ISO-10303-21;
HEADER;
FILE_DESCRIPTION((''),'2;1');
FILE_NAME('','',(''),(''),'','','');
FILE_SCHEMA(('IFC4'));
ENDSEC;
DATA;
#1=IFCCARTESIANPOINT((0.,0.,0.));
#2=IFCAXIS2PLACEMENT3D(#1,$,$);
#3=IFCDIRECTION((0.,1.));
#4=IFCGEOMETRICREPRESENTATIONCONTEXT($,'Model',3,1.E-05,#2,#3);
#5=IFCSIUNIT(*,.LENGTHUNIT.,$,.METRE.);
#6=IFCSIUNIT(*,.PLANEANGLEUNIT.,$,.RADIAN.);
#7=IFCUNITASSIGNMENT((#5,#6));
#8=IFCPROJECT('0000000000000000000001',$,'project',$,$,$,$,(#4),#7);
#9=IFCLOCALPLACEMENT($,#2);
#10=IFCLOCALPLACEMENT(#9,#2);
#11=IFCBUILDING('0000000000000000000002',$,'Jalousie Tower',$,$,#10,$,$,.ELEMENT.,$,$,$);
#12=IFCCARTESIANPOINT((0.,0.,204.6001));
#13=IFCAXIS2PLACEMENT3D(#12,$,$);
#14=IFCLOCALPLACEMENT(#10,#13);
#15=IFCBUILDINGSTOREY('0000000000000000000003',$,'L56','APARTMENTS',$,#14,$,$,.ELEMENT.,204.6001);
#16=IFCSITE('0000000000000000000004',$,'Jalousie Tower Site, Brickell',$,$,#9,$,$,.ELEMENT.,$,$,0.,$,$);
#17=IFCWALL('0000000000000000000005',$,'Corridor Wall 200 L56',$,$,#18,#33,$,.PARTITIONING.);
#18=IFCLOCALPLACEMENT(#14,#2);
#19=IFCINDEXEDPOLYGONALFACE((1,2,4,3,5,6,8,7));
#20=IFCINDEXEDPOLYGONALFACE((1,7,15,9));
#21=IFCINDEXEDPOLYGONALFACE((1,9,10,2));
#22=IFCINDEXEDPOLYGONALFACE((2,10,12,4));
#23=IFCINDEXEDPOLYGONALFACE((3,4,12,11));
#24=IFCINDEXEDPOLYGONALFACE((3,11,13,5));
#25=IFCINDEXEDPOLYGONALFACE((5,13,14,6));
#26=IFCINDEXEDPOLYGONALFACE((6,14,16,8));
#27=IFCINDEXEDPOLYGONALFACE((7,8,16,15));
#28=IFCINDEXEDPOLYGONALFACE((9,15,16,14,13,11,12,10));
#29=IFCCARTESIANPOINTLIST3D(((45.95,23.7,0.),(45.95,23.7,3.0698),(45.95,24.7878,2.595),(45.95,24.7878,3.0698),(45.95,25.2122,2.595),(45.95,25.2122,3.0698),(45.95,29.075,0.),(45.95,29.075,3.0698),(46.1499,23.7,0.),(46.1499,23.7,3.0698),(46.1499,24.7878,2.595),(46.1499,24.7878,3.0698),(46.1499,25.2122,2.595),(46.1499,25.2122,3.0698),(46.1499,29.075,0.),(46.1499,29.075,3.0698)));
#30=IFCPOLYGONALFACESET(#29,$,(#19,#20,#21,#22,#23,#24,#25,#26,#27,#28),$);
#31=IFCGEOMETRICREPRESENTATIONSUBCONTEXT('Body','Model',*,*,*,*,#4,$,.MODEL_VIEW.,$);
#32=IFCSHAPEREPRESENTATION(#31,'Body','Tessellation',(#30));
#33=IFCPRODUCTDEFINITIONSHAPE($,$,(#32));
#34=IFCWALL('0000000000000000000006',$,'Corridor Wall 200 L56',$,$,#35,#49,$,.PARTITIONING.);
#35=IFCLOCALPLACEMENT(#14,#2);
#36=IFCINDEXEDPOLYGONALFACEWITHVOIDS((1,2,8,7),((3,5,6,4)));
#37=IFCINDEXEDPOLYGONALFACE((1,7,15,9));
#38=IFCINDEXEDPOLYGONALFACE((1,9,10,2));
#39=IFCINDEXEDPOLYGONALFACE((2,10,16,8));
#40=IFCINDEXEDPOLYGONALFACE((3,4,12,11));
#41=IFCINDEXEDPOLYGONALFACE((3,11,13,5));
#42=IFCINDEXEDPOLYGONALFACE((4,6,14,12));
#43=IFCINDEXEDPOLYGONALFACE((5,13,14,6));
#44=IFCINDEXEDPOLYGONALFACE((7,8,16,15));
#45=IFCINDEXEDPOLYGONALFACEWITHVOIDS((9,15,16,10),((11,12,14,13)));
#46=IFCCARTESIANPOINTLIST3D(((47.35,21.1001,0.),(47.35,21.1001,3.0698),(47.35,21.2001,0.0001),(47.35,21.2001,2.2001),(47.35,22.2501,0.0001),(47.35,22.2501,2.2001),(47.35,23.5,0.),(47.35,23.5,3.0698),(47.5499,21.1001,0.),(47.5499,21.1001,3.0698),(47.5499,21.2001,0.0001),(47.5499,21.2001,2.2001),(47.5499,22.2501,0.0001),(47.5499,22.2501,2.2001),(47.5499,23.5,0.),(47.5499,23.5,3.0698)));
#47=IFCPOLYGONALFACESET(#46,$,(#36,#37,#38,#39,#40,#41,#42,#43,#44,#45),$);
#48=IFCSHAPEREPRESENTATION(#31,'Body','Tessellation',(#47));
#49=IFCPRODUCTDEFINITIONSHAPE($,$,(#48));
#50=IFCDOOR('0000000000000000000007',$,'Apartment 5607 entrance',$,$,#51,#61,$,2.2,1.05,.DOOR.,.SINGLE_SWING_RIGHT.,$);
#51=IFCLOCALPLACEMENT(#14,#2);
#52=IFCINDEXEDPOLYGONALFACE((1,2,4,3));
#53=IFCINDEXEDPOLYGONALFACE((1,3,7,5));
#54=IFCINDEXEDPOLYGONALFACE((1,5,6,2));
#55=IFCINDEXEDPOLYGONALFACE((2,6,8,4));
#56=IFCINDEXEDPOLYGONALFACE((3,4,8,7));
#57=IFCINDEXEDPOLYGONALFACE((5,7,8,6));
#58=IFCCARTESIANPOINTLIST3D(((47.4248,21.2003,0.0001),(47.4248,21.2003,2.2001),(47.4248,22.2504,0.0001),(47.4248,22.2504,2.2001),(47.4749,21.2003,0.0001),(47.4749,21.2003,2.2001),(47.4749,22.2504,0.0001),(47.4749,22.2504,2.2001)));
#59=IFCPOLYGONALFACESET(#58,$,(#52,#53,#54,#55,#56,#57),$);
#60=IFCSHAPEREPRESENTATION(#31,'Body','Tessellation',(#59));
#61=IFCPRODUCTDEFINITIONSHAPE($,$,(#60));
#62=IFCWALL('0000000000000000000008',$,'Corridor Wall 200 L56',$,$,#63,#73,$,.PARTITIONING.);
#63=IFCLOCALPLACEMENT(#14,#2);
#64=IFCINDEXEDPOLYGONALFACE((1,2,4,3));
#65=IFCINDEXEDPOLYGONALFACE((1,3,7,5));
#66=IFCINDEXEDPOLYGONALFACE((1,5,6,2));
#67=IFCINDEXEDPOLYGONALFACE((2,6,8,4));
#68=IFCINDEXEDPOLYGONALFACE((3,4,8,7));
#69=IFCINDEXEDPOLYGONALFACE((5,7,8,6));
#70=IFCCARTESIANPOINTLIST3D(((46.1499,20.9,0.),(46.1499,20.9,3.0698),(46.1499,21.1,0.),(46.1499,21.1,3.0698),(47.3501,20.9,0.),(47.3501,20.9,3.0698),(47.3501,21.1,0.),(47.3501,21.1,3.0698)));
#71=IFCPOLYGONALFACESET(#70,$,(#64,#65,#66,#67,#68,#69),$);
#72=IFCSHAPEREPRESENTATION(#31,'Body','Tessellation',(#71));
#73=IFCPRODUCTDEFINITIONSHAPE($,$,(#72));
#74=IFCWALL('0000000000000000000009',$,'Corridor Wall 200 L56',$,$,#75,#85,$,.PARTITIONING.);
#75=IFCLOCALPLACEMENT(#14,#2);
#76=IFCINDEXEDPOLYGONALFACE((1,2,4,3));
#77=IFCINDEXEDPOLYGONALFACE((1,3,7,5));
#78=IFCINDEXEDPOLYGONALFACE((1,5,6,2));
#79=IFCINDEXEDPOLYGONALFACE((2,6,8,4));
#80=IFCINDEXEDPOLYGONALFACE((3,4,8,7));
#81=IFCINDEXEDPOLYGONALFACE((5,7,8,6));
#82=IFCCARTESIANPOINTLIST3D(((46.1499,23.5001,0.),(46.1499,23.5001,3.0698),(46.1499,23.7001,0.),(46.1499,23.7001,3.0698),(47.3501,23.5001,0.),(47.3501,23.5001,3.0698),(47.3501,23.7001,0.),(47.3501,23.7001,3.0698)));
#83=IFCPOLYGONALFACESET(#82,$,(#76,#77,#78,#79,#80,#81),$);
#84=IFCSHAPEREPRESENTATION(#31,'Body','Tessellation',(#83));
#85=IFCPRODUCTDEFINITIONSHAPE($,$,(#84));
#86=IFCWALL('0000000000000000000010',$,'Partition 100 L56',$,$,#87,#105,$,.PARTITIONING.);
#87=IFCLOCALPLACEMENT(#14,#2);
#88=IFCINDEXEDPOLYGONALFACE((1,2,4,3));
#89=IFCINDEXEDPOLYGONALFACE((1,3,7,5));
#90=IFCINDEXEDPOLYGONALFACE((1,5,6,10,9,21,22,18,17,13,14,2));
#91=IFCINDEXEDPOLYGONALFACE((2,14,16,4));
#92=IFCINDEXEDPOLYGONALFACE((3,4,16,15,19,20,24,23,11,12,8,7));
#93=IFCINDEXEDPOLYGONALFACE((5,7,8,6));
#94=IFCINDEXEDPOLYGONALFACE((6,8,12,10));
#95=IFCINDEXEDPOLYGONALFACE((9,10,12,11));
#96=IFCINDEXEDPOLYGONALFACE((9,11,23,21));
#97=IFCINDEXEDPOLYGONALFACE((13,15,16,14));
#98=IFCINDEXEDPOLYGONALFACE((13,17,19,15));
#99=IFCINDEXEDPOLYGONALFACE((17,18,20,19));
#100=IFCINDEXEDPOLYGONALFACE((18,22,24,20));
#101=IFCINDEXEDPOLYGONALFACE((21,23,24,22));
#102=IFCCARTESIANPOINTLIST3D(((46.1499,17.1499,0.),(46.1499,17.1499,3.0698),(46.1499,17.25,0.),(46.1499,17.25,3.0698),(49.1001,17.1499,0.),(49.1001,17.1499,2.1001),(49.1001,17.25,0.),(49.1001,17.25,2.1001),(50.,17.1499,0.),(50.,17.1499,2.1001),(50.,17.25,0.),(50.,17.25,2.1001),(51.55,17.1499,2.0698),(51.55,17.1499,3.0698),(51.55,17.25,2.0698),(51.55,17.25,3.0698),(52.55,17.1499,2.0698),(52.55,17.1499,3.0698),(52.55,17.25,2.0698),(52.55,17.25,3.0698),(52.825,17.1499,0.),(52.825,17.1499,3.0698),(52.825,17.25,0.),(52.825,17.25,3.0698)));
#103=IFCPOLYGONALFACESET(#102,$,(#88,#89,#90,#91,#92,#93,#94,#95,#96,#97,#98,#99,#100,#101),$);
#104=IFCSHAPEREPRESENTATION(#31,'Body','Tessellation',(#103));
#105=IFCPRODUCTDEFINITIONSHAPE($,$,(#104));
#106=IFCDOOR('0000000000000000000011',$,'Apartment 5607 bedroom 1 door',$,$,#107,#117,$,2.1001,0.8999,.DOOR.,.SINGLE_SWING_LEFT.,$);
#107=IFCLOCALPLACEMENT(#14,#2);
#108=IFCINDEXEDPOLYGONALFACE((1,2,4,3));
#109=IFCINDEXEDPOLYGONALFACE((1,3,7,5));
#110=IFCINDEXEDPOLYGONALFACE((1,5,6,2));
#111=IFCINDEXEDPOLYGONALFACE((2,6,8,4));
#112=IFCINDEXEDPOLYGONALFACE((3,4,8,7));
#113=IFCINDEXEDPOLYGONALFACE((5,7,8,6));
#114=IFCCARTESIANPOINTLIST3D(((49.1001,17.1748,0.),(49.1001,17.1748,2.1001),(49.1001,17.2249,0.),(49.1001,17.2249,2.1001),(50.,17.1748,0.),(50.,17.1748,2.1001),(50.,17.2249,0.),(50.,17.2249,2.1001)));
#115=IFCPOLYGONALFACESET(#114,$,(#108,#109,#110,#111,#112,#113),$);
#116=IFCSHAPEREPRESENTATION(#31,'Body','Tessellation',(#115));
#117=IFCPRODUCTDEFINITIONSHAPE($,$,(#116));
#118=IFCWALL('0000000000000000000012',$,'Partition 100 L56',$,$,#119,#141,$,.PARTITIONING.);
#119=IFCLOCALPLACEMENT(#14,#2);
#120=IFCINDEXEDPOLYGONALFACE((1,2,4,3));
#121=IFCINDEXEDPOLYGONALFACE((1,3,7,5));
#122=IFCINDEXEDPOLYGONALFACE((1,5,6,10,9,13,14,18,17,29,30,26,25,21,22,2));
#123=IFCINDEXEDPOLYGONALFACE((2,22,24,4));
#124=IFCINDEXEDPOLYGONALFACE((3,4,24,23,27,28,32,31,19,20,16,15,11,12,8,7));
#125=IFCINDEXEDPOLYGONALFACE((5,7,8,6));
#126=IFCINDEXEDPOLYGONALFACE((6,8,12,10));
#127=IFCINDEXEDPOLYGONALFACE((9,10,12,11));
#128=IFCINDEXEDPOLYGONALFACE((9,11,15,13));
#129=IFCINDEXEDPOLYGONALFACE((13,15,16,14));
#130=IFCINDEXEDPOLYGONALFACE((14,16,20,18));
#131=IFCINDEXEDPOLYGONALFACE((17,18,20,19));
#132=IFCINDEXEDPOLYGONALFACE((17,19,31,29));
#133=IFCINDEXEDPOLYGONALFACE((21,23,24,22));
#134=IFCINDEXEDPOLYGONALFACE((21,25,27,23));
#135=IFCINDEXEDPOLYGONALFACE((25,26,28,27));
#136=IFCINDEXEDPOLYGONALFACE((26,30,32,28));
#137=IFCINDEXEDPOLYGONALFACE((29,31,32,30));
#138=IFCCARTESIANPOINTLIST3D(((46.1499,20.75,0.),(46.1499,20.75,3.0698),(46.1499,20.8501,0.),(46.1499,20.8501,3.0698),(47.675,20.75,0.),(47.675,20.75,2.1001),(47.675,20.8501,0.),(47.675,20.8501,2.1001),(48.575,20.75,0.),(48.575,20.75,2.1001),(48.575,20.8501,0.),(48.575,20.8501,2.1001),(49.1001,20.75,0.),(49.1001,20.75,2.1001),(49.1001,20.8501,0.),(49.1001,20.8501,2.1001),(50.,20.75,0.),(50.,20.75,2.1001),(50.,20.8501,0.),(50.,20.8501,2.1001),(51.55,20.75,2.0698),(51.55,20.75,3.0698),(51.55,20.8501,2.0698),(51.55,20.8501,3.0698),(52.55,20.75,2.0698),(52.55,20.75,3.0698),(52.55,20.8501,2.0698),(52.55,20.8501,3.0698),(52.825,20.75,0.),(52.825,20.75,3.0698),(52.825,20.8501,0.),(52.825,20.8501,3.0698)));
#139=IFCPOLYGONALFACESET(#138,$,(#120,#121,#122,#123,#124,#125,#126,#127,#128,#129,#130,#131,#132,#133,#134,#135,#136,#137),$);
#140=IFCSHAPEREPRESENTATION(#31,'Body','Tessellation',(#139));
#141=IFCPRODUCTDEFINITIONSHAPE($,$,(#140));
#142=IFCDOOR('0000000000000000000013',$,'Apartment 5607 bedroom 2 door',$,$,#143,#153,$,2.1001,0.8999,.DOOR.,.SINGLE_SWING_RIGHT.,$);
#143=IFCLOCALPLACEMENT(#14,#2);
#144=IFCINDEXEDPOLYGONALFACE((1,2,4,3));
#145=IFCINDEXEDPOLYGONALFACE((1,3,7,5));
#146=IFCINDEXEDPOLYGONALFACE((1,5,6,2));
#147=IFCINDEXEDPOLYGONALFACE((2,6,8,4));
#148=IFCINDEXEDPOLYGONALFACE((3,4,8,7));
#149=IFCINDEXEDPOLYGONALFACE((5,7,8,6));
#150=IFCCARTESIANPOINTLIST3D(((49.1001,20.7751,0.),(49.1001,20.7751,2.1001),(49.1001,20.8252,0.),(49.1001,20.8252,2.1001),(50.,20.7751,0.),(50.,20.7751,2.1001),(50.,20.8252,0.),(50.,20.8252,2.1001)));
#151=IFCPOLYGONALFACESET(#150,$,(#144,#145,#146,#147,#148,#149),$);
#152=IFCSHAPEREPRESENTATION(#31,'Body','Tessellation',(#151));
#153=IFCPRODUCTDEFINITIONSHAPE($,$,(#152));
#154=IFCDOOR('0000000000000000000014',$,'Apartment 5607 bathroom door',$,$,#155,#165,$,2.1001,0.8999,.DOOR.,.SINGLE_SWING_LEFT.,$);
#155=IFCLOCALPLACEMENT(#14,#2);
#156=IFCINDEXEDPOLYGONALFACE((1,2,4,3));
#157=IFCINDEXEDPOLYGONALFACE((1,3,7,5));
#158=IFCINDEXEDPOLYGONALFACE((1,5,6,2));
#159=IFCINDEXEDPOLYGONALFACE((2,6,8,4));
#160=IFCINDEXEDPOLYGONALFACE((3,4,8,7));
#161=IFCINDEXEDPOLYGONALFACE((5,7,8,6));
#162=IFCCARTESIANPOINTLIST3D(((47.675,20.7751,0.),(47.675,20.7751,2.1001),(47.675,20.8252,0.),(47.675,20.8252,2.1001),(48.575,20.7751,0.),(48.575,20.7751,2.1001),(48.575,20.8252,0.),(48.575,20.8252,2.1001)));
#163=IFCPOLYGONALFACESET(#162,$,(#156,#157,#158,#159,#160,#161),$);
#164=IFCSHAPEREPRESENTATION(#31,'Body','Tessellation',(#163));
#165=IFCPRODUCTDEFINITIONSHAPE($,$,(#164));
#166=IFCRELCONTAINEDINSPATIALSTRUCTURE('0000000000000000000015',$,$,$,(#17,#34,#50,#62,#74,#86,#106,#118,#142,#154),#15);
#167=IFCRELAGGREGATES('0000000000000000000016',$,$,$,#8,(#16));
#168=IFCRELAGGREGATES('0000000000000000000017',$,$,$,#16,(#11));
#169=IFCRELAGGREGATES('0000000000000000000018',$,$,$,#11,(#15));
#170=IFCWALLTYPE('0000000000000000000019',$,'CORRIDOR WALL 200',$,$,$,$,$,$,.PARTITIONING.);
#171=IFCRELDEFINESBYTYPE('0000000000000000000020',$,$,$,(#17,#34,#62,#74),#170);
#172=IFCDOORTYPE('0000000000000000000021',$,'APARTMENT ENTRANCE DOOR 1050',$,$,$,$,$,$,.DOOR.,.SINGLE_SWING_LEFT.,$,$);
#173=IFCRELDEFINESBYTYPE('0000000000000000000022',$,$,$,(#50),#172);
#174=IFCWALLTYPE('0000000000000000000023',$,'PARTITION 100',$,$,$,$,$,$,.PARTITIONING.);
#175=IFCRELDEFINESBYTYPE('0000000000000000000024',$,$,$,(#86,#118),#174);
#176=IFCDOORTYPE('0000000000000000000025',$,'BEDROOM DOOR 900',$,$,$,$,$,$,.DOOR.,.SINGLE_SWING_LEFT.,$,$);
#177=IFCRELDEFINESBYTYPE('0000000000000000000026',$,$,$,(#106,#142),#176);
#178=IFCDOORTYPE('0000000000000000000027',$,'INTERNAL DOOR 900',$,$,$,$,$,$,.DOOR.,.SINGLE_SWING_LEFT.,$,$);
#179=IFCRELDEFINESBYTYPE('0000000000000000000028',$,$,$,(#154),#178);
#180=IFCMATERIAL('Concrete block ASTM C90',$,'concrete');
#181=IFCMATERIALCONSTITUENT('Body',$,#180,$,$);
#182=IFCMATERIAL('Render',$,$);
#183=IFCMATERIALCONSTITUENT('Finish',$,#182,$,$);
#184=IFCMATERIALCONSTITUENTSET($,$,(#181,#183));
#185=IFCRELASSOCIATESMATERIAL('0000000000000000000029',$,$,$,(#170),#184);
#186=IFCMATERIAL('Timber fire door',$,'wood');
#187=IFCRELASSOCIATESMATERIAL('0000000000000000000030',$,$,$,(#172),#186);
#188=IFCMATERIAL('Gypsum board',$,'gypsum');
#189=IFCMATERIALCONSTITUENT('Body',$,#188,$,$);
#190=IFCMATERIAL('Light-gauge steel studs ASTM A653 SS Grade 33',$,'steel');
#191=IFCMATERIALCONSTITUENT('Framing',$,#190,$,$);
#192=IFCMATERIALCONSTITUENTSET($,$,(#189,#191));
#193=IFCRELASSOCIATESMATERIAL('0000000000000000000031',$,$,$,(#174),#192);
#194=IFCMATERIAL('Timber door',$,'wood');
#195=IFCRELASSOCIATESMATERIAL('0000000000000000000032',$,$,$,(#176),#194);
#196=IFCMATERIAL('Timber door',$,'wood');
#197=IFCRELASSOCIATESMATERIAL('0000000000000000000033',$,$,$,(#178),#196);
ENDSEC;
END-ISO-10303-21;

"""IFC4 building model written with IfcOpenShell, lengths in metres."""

from ifc_helpers import new_model, si_unit, direction, frame, frame_2d, origin, place, context, subcontext, project, spatial, polyline, rectangle, outline, extrude, material, constituent, constituent_set, type_object, element, fill, save


model = new_model("IFC4")

# Units and contexts
model_context = context("Model", 3, precision=1e-05, world=origin(), true_north=direction((0.0, 1.0)))
body_context = subcontext(model_context, "Body", "Model", "MODEL_VIEW")
ifc_project = project(units=[si_unit("LENGTHUNIT", "METRE"), si_unit("PLANEANGLEUNIT", "RADIAN")], contexts=[model_context])

# Site, building, storey
site_placement = place(None, origin())
site = spatial("IfcSite", under=ifc_project, at=site_placement, Name="Jalousie Tower Site, Brickell", CompositionType="ELEMENT", RefElevation=0.0)
building_placement = place(site_placement, origin())
building = spatial("IfcBuilding", under=site, at=building_placement, Name="Jalousie Tower", CompositionType="ELEMENT")
storey_placement = place(building_placement, frame((0.0, 0.0, 204.6001)))
storey = spatial("IfcBuildingStorey", under=building, at=storey_placement, Name="L56", Description="APARTMENTS", CompositionType="ELEMENT", Elevation=204.6001)

# Wall
ifc_material_1 = material(Name="Concrete block ASTM C90", Category="concrete")
ifc_constituent_1 = constituent(ifc_material_1, Name="Body")
ifc_material_2 = material(Name="Render")
ifc_constituent_2 = constituent(ifc_material_2, Name="Finish")
ifc_constituent_set_1 = constituent_set(constituents=[ifc_constituent_1, ifc_constituent_2])
wall_type_1 = type_object("IfcWallType", Name="CORRIDOR WALL 200", PredefinedType="PARTITIONING", material=ifc_constituent_set_1)
wall_1_placement = place(storey_placement, frame((46.05, 23.7, 0.0), z_axis=(0.0, 0.0, 1.0), x_axis=(0.0, 1.0, 0.0)))
element("IfcWall", 1, at=wall_1_placement, inside=storey, type_object=wall_type_1, Name="Corridor Wall 200 L56", PredefinedType="PARTITIONING", context=body_context, shape_type="SweptSolid", body=[
    extrude(outline(polyline([(0.0, 0.0), (5.375, 0.0), (5.375, 3.0698), (1.5122, 3.0698), (1.5122, 2.595), (1.0879, 2.595), (1.0879, 3.0698), (0.0, 3.0698), (0.0, 0.0)])), frame((0.0, 0.1001, 0.0), z_axis=(0.0, -1.0, 0.0), x_axis=(1.0, 0.0, 0.0)), (0.0, 0.0, 1.0), 0.2),
])

# Wall, opening, door
wall_2_placement = place(storey_placement, frame((47.45, 21.1001, 0.0), z_axis=(0.0, 0.0, 1.0), x_axis=(0.0, 1.0, 0.0)))
wall_2 = element("IfcWall", 2, at=wall_2_placement, inside=storey, type_object=wall_type_1, Name="Corridor Wall 200 L56", PredefinedType="PARTITIONING", context=body_context, shape_type="SweptSolid", body=[
    extrude(rectangle(XDim=2.3999, YDim=0.2, at=frame_2d((1.2, 0.0))), origin(), (0.0, 0.0, 1.0), 3.0698),
])
opening_1_placement = place(wall_2_placement, frame((0.1001, 0.0, 0.0)))
opening_1 = element("IfcOpeningElement", 3, at=opening_1_placement, cuts=wall_2, PredefinedType="OPENING", context=body_context, shape_type="SweptSolid", body=[
    extrude(rectangle(XDim=1.05, YDim=2.2, at=frame_2d((0.5249, 1.1001))), frame((0.0, 0.1099, 0.0), z_axis=(0.0, -1.0, 0.0), x_axis=(1.0, 0.0, 0.0)), (0.0, 0.0, 1.0), 0.22),
])
ifc_material_3 = material(Name="Timber fire door", Category="wood")
door_type_1 = type_object("IfcDoorType", Name="APARTMENT ENTRANCE DOOR 1050", OperationType="SINGLE_SWING_LEFT", PredefinedType="DOOR", material=ifc_material_3)
door_1_placement = place(opening_1_placement, frame((1.05, 0.0, 0.0), z_axis=(0.0, 0.0, 1.0), x_axis=(-1.0, 0.0, 0.0)))
door_1 = element("IfcDoor", 4, at=door_1_placement, inside=storey, type_object=door_type_1, Name="Apartment 5607 entrance", OperationType="SINGLE_SWING_RIGHT", OverallHeight=2.2, OverallWidth=1.05, PredefinedType="DOOR", context=body_context, shape_type="SweptSolid", body=[
    extrude(rectangle(XDim=1.05, YDim=2.2, at=frame_2d((0.5249, 1.1001))), frame((0.0, 0.0249, 0.0), z_axis=(0.0, -1.0, 0.0), x_axis=(1.0, 0.0, 0.0)), (0.0, 0.0, 1.0), 0.05),
])
fill(opening_1, door_1)

# Walls
for number, where, z_axis, x_axis, name in (
    (5, (46.1499, 21.0, 0.0), (0.0, 0.0, 1.0), (1.0, 0.0, 0.0), "Corridor Wall 200 L56"),
    (6, (46.1499, 23.6001, 0.0), (0.0, 0.0, 1.0), (1.0, 0.0, 0.0), "Corridor Wall 200 L56"),
):
    element("IfcWall", number, at=place(storey_placement, frame(where, z_axis=z_axis, x_axis=x_axis)), inside=storey, type_object=wall_type_1, Name=name, PredefinedType="PARTITIONING", context=body_context, shape_type="SweptSolid", body=[
        extrude(rectangle(XDim=1.2002, YDim=0.2, at=frame_2d((0.6001, 0.0))), origin(), (0.0, 0.0, 1.0), 3.0698),
    ])

# Wall, opening, door
ifc_material_4 = material(Name="Gypsum board", Category="gypsum")
ifc_constituent_3 = constituent(ifc_material_4, Name="Body")
ifc_material_5 = material(Name="Light-gauge steel studs ASTM A653 SS Grade 33", Category="steel")
ifc_constituent_4 = constituent(ifc_material_5, Name="Framing")
ifc_constituent_set_2 = constituent_set(constituents=[ifc_constituent_3, ifc_constituent_4])
wall_type_2 = type_object("IfcWallType", Name="PARTITION 100", PredefinedType="PARTITIONING", material=ifc_constituent_set_2)
wall_3_placement = place(storey_placement, frame((52.825, 17.2, 0.0), z_axis=(0.0, 0.0, 1.0), x_axis=(-1.0, 0.0, 0.0)))
wall_3 = element("IfcWall", 7, at=wall_3_placement, inside=storey, type_object=wall_type_2, Name="Partition 100 L56", PredefinedType="PARTITIONING", context=body_context, shape_type="SweptSolid", body=[
    extrude(outline(polyline([(0.0, 0.0), (6.675, 0.0), (6.675, 3.0698), (1.2749, 3.0698), (1.2749, 2.0698), (0.2749, 2.0698), (0.2749, 3.0698), (0.0, 3.0698), (0.0, 0.0)])), frame((0.0, 0.05, 0.0), z_axis=(0.0, -1.0, 0.0), x_axis=(1.0, 0.0, 0.0)), (0.0, 0.0, 1.0), 0.1001),
])
opening_2_placement = place(wall_3_placement, frame((2.825, 0.0, 0.0)))
opening_2 = element("IfcOpeningElement", 8, at=opening_2_placement, cuts=wall_3, PredefinedType="OPENING", context=body_context, shape_type="SweptSolid", body=[
    extrude(rectangle(XDim=0.8999, YDim=2.1001, at=frame_2d((0.45, 1.05))), frame((0.0, 0.0601, 0.0), z_axis=(0.0, -1.0, 0.0), x_axis=(1.0, 0.0, 0.0)), (0.0, 0.0, 1.0), 0.1201),
])
ifc_material_6 = material(Name="Timber door", Category="wood")
door_type_2 = type_object("IfcDoorType", Name="BEDROOM DOOR 900", OperationType="SINGLE_SWING_LEFT", PredefinedType="DOOR", material=ifc_material_6)
door_2_placement = place(opening_2_placement, frame((0.8999, 0.0, 0.0), z_axis=(0.0, 0.0, 1.0), x_axis=(-1.0, 0.0, 0.0)))
door_2 = element("IfcDoor", 9, at=door_2_placement, inside=storey, type_object=door_type_2, Name="Apartment 5607 bedroom 1 door", OperationType="SINGLE_SWING_LEFT", OverallHeight=2.1001, OverallWidth=0.8999, PredefinedType="DOOR", context=body_context, shape_type="SweptSolid", body=[
    extrude(rectangle(XDim=0.8999, YDim=2.1001, at=frame_2d((0.45, 1.05))), frame((0.0, 0.0249, 0.0), z_axis=(0.0, -1.0, 0.0), x_axis=(1.0, 0.0, 0.0)), (0.0, 0.0, 1.0), 0.05),
])
fill(opening_2, door_2)

# Wall, openings, doors
wall_4_placement = place(storey_placement, frame((52.825, 20.8, 0.0), z_axis=(0.0, 0.0, 1.0), x_axis=(-1.0, 0.0, 0.0)))
wall_4 = element("IfcWall", 10, at=wall_4_placement, inside=storey, type_object=wall_type_2, Name="Partition 100 L56", PredefinedType="PARTITIONING", context=body_context, shape_type="SweptSolid", body=[
    extrude(outline(polyline([(0.0, 0.0), (6.675, 0.0), (6.675, 3.0698), (1.2749, 3.0698), (1.2749, 2.0698), (0.2749, 2.0698), (0.2749, 3.0698), (0.0, 3.0698), (0.0, 0.0)])), frame((0.0, 0.05, 0.0), z_axis=(0.0, -1.0, 0.0), x_axis=(1.0, 0.0, 0.0)), (0.0, 0.0, 1.0), 0.1001),
])
opening_3_placement = place(wall_4_placement, frame((2.825, 0.0, 0.0)))
opening_3 = element("IfcOpeningElement", 11, at=opening_3_placement, cuts=wall_4, PredefinedType="OPENING", context=body_context, shape_type="SweptSolid", body=[
    extrude(rectangle(XDim=0.8999, YDim=2.1001, at=frame_2d((0.45, 1.05))), frame((0.0, 0.0601, 0.0), z_axis=(0.0, -1.0, 0.0), x_axis=(1.0, 0.0, 0.0)), (0.0, 0.0, 1.0), 0.1201),
])
opening_4_placement = place(wall_4_placement, frame((4.25, 0.0, 0.0)))
opening_4 = element("IfcOpeningElement", 12, at=opening_4_placement, cuts=wall_4, PredefinedType="OPENING", context=body_context, shape_type="SweptSolid", body=[
    extrude(rectangle(XDim=0.8999, YDim=2.1001, at=frame_2d((0.45, 1.05))), frame((0.0, 0.0601, 0.0), z_axis=(0.0, -1.0, 0.0), x_axis=(1.0, 0.0, 0.0)), (0.0, 0.0, 1.0), 0.1201),
])
door_3_placement = place(opening_3_placement, origin())
door_3 = element("IfcDoor", 13, at=door_3_placement, inside=storey, type_object=door_type_2, Name="Apartment 5607 bedroom 2 door", OperationType="SINGLE_SWING_RIGHT", OverallHeight=2.1001, OverallWidth=0.8999, PredefinedType="DOOR", context=body_context, shape_type="SweptSolid", body=[
    extrude(rectangle(XDim=0.8999, YDim=2.1001, at=frame_2d((0.45, 1.05))), frame((0.0, 0.0249, 0.0), z_axis=(0.0, -1.0, 0.0), x_axis=(1.0, 0.0, 0.0)), (0.0, 0.0, 1.0), 0.05),
])
fill(opening_3, door_3)
ifc_material_7 = material(Name="Timber door", Category="wood")
door_type_3 = type_object("IfcDoorType", Name="INTERNAL DOOR 900", OperationType="SINGLE_SWING_LEFT", PredefinedType="DOOR", material=ifc_material_7)
door_4_placement = place(opening_4_placement, origin())
door_4 = element("IfcDoor", 14, at=door_4_placement, inside=storey, type_object=door_type_3, Name="Apartment 5607 bathroom door", OperationType="SINGLE_SWING_LEFT", OverallHeight=2.1001, OverallWidth=0.8999, PredefinedType="DOOR", context=body_context, shape_type="SweptSolid", body=[
    extrude(rectangle(XDim=0.8999, YDim=2.1001, at=frame_2d((0.45, 1.05))), frame((0.0, 0.0249, 0.0), z_axis=(0.0, -1.0, 0.0), x_axis=(1.0, 0.0, 0.0)), (0.0, 0.0, 1.0), 0.05),
])
fill(opening_4, door_4)

save(model, "model.ifc")
